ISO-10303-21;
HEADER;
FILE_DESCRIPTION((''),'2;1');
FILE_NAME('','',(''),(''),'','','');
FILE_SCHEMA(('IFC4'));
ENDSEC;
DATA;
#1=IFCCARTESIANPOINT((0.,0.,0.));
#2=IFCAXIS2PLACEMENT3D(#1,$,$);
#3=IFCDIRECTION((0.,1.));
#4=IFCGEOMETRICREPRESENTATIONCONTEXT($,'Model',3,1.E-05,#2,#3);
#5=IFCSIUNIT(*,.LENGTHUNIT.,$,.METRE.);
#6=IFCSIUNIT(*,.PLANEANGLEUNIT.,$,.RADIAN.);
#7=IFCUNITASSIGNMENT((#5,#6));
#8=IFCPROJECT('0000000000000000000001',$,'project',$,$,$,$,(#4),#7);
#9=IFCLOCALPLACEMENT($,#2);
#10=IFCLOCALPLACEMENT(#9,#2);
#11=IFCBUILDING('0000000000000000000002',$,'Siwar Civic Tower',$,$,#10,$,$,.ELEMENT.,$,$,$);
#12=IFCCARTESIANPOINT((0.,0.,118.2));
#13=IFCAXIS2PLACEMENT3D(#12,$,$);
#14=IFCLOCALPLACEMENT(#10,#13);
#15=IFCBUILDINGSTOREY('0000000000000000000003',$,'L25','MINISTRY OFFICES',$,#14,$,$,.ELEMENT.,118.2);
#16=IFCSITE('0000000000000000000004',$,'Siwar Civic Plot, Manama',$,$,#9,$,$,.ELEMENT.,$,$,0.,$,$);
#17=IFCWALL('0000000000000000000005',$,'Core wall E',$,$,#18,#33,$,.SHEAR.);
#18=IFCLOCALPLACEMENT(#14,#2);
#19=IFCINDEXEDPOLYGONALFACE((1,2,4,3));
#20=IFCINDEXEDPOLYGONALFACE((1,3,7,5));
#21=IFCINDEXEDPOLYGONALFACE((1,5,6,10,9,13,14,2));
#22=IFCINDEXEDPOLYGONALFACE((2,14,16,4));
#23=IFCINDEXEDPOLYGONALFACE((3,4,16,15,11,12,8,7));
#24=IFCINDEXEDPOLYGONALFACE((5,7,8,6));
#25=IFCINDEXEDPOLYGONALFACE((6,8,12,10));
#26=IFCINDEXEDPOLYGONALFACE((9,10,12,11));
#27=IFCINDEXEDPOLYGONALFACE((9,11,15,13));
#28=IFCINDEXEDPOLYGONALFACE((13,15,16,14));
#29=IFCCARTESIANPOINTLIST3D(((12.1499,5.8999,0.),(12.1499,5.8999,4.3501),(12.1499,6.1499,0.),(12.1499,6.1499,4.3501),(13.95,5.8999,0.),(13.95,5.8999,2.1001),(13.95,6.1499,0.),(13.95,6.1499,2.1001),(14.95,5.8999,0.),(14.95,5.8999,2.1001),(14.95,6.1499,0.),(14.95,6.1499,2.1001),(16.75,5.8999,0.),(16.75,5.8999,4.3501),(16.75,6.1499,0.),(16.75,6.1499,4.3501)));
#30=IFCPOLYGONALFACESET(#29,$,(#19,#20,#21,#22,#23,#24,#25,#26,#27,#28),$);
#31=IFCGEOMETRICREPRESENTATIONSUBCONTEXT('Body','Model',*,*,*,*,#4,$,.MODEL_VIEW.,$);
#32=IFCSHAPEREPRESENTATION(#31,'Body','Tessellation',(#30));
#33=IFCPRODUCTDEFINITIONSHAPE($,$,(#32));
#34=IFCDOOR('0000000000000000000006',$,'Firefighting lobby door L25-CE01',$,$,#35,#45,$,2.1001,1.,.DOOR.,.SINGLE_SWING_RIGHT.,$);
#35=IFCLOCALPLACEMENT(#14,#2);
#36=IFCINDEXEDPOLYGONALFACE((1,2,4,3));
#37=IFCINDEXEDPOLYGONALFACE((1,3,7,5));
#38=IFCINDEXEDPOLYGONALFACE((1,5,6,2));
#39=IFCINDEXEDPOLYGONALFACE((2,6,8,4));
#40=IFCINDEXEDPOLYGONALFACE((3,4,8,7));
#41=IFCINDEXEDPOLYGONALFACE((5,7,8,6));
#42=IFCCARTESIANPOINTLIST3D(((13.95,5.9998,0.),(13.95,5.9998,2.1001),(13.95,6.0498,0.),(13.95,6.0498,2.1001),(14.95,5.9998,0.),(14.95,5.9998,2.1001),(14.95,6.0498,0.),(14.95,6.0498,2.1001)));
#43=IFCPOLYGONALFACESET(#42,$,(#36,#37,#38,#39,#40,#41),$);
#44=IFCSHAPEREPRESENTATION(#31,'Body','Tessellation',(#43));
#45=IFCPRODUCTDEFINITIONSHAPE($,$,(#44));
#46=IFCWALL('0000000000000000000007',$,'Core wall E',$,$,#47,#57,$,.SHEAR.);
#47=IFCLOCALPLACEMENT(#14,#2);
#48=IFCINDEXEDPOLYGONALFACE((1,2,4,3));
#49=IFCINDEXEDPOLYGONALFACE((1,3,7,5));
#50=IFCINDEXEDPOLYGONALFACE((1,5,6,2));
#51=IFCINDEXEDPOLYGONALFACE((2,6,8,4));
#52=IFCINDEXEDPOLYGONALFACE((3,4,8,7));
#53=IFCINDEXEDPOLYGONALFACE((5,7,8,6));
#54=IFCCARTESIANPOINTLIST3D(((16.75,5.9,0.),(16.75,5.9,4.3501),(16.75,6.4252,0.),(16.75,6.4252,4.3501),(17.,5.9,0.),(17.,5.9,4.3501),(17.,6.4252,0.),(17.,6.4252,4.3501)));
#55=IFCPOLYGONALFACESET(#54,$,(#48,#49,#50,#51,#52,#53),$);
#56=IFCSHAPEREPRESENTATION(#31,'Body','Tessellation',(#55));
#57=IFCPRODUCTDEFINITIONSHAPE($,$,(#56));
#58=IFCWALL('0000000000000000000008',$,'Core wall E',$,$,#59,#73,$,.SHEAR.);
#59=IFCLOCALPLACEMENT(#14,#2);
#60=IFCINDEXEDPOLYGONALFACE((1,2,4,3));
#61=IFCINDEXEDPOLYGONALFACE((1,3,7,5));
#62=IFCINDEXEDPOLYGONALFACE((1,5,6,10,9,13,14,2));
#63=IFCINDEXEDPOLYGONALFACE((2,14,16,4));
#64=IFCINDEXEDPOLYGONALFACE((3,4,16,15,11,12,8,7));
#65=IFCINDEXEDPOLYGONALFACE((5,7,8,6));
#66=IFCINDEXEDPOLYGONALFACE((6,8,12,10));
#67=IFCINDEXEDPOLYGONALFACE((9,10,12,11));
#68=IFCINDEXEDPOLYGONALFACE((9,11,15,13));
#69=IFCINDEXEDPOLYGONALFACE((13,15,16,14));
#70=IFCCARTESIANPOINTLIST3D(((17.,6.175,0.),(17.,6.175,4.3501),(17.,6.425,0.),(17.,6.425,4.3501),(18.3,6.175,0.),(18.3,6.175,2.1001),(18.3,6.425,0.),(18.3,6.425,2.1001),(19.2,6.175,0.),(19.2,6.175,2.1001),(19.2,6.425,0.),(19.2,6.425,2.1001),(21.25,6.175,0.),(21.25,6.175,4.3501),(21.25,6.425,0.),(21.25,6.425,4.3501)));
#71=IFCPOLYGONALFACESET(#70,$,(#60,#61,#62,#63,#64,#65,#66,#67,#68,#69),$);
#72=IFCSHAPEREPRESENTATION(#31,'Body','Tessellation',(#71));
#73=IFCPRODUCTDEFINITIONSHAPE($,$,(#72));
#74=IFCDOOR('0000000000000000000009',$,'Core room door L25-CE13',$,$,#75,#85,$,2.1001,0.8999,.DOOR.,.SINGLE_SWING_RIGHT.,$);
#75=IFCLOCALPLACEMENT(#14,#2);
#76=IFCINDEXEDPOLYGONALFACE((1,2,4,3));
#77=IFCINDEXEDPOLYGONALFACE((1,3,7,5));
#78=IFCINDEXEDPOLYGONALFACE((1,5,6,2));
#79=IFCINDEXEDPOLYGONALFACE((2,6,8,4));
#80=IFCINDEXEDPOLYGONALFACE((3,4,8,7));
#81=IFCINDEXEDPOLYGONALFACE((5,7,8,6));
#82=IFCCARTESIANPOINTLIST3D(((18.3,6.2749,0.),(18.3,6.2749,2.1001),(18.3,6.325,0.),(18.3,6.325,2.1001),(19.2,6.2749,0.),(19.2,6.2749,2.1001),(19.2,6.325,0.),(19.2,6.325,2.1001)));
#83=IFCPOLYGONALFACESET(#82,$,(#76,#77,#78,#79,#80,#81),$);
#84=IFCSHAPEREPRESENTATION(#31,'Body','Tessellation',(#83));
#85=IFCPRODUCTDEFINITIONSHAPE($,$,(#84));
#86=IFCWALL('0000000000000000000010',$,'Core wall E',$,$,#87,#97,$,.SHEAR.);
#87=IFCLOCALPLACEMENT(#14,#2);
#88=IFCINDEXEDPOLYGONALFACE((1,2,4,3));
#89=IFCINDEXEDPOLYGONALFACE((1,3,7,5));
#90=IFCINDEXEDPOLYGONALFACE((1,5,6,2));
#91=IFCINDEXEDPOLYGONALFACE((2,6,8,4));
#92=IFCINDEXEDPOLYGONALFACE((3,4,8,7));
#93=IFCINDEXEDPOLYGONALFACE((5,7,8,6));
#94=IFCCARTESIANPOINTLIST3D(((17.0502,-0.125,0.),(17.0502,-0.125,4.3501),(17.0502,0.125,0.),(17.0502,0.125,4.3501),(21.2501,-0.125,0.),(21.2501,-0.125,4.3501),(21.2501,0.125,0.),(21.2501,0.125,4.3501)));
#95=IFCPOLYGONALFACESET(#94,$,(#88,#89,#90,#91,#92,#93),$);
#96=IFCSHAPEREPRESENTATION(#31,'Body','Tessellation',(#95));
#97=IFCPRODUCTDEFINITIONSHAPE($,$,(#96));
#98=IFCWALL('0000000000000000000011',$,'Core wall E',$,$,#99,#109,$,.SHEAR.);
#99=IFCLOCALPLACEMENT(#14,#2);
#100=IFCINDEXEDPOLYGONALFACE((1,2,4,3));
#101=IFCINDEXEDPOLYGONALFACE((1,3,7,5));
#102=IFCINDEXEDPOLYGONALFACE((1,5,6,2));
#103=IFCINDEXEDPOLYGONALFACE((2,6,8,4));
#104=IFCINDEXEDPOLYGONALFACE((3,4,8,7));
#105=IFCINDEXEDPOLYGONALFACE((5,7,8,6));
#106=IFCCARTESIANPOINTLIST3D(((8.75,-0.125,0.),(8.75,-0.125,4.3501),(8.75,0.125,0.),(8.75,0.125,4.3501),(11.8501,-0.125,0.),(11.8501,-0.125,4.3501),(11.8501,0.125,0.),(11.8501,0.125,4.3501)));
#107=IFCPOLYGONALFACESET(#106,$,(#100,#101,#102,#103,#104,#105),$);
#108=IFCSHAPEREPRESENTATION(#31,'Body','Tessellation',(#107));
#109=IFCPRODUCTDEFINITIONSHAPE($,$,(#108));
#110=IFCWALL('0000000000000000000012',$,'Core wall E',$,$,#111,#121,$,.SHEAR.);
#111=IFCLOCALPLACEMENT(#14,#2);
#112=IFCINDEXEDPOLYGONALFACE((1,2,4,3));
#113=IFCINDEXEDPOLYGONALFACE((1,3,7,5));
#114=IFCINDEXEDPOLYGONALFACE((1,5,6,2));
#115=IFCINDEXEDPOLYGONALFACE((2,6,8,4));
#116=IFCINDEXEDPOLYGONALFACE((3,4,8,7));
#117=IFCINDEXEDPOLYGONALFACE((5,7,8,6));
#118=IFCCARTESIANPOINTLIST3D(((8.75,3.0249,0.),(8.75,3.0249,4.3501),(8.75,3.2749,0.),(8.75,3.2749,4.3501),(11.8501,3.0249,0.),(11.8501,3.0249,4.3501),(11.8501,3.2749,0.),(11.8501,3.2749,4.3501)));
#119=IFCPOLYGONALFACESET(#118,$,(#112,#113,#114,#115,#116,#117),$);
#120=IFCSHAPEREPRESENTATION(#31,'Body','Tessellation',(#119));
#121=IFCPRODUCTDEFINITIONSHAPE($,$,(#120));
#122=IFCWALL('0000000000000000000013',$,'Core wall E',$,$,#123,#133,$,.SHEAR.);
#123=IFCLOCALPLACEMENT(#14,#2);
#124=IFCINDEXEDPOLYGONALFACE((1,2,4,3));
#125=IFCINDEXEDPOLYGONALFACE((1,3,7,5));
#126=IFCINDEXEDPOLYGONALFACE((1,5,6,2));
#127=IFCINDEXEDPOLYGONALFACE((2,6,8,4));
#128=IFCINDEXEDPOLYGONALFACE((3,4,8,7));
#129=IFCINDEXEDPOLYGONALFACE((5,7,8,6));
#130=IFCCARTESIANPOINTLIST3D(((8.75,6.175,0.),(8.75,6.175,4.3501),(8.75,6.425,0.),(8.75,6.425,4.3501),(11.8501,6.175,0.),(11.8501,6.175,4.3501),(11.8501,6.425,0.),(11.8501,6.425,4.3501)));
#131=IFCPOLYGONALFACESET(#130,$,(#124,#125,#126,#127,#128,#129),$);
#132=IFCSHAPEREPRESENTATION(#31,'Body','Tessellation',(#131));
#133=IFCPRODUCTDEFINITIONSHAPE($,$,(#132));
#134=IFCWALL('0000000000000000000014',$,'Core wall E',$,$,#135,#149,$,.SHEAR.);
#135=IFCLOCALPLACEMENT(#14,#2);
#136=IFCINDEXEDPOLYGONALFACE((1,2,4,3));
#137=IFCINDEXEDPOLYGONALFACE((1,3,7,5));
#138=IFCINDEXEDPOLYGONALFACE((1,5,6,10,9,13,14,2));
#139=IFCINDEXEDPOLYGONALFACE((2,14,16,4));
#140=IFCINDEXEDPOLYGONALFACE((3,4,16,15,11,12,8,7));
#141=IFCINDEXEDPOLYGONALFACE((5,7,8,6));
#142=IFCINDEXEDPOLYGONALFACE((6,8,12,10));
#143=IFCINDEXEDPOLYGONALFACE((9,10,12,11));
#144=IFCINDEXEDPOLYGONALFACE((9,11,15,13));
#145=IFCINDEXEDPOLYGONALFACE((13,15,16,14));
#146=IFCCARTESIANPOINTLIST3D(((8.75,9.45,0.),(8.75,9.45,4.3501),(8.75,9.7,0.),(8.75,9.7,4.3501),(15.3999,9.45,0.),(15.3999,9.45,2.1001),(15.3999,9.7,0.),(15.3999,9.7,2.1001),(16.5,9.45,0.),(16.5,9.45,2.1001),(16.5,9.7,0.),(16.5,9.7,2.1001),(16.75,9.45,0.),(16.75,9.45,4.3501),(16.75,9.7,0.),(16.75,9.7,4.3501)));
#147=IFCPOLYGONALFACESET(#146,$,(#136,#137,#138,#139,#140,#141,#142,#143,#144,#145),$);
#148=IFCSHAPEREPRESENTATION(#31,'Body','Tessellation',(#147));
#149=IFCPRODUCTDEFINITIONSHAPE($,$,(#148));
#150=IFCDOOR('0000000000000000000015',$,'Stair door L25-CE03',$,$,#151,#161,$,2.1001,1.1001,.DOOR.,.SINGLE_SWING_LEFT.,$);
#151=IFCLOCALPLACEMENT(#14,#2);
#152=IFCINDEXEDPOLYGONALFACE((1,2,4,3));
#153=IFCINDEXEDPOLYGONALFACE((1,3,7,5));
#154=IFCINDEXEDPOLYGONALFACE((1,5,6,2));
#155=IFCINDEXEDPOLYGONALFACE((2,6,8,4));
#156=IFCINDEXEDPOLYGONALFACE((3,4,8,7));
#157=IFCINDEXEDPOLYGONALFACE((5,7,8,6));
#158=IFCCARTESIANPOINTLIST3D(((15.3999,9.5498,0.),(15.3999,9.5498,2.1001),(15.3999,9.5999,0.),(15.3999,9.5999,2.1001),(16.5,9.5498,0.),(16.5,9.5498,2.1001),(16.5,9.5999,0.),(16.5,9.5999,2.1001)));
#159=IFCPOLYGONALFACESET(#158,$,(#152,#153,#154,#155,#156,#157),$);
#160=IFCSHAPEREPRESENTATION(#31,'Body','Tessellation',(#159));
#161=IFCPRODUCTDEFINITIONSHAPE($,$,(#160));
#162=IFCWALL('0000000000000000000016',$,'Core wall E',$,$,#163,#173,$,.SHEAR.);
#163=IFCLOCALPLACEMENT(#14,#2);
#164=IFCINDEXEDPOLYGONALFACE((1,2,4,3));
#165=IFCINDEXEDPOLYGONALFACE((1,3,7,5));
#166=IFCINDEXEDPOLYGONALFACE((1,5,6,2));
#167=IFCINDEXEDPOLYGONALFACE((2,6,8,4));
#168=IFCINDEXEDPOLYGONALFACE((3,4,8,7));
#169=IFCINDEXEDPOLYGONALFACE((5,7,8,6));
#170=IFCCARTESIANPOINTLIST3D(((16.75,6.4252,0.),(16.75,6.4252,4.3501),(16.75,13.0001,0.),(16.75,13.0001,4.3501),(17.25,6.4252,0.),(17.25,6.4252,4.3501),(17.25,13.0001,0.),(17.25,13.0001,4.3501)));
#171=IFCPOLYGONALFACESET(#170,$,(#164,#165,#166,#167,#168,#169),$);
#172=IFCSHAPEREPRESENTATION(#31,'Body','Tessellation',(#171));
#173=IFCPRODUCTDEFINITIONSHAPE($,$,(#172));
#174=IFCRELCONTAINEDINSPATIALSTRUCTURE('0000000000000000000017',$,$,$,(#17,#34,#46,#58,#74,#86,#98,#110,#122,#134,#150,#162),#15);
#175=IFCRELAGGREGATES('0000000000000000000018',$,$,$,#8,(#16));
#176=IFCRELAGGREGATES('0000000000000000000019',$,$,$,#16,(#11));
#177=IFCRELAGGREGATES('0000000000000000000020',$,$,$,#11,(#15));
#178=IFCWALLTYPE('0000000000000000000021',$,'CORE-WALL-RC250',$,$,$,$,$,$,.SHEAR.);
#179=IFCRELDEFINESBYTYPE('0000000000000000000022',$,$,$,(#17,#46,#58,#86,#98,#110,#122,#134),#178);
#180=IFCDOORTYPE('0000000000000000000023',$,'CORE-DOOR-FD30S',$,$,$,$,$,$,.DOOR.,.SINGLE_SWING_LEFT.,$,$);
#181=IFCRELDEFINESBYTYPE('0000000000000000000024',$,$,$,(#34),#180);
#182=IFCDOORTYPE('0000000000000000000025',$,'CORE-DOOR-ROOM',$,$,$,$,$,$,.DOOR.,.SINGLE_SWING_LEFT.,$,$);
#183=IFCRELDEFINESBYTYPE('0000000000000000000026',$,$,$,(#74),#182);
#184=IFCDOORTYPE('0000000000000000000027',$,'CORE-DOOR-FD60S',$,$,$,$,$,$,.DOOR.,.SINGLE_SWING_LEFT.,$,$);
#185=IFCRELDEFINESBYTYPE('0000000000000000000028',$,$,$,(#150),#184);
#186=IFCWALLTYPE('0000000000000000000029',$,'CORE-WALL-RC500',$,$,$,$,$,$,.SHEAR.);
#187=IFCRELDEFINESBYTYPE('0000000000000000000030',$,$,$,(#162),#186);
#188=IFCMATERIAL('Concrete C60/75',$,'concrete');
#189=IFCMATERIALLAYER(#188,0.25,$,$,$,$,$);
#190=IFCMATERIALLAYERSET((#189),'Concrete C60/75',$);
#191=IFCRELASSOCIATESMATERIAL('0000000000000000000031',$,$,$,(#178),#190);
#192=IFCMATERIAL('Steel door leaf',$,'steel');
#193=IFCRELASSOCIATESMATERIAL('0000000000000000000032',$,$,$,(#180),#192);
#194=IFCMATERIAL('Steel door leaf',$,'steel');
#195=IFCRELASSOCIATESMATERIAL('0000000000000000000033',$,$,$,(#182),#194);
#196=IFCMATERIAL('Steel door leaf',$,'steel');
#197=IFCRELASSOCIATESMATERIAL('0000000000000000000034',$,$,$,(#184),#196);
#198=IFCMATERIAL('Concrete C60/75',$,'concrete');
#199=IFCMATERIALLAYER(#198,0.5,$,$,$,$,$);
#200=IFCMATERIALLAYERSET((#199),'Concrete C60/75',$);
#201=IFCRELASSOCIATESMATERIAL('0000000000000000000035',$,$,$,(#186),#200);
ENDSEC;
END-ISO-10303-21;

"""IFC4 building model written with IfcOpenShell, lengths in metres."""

from ifc_helpers import new_model, si_unit, direction, frame, frame_2d, origin, place, context, subcontext, project, spatial, rectangle, extrude, material, layer, layer_set, type_object, element, fill, save


model = new_model("IFC4")

# Units and contexts
model_context = context("Model", 3, precision=1e-05, world=origin(), true_north=direction((0.0, 1.0)))
body_context = subcontext(model_context, "Body", "Model", "MODEL_VIEW")
ifc_project = project(units=[si_unit("LENGTHUNIT", "METRE"), si_unit("PLANEANGLEUNIT", "RADIAN")], contexts=[model_context])

# Site, building, storey
site_placement = place(None, origin())
site = spatial("IfcSite", under=ifc_project, at=site_placement, Name="Siwar Civic Plot, Manama", CompositionType="ELEMENT", RefElevation=0.0)
building_placement = place(site_placement, origin())
building = spatial("IfcBuilding", under=site, at=building_placement, Name="Siwar Civic Tower", CompositionType="ELEMENT")
storey_placement = place(building_placement, frame((0.0, 0.0, 118.2)))
storey = spatial("IfcBuildingStorey", under=building, at=storey_placement, Name="L25", Description="MINISTRY OFFICES", CompositionType="ELEMENT", Elevation=118.2)

# Wall, opening, door
ifc_material_1 = material(Name="Concrete C60/75", Category="concrete")
ifc_layer_1 = layer(ifc_material_1, 0.25)
ifc_layer_set_1 = layer_set([ifc_layer_1], Name="Concrete C60/75")
wall_type_1 = type_object("IfcWallType", Name="CORE-WALL-RC250", PredefinedType="SHEAR", material=ifc_layer_set_1)
wall_1_placement = place(storey_placement, frame((12.1499, 6.0249, 0.0), z_axis=(0.0, 0.0, 1.0), x_axis=(1.0, 0.0, 0.0)))
wall_1 = element("IfcWall", 1, at=wall_1_placement, inside=storey, type_object=wall_type_1, Name="Core wall E", PredefinedType="SHEAR", context=body_context, shape_type="SweptSolid", body=[
    extrude(rectangle(XDim=4.6001, YDim=0.25, at=frame_2d((2.3, 0.0))), origin(), (0.0, 0.0, 1.0), 4.3501),
])
opening_1_placement = place(wall_1_placement, frame((1.8, 0.0, 0.0)))
opening_1 = element("IfcOpeningElement", 2, at=opening_1_placement, cuts=wall_1, PredefinedType="OPENING", context=body_context, shape_type="SweptSolid", body=[
    extrude(rectangle(XDim=1.0, YDim=2.1001, at=frame_2d((0.5, 1.05))), frame((0.0, 0.135, 0.0), z_axis=(0.0, -1.0, 0.0), x_axis=(1.0, 0.0, 0.0)), (0.0, 0.0, 1.0), 0.27),
])
ifc_material_2 = material(Name="Steel door leaf", Category="steel")
door_type_1 = type_object("IfcDoorType", Name="CORE-DOOR-FD30S", OperationType="SINGLE_SWING_LEFT", PredefinedType="DOOR", material=ifc_material_2)
door_1_placement = place(opening_1_placement, origin())
door_1 = element("IfcDoor", 3, at=door_1_placement, inside=storey, type_object=door_type_1, Name="Firefighting lobby door L25-CE01", OperationType="SINGLE_SWING_RIGHT", OverallHeight=2.1001, OverallWidth=1.0, PredefinedType="DOOR", context=body_context, shape_type="SweptSolid", body=[
    extrude(rectangle(XDim=1.0, YDim=2.1001, at=frame_2d((0.5, 1.05))), frame((0.0, 0.0249, 0.0), z_axis=(0.0, -1.0, 0.0), x_axis=(1.0, 0.0, 0.0)), (0.0, 0.0, 1.0), 0.05),
])
fill(opening_1, door_1)

# Wall
wall_2_placement = place(storey_placement, frame((16.875, 5.8999, 0.0), z_axis=(0.0, 0.0, 1.0), x_axis=(0.0, 1.0, 0.0)))
element("IfcWall", 4, at=wall_2_placement, inside=storey, type_object=wall_type_1, Name="Core wall E", PredefinedType="SHEAR", context=body_context, shape_type="SweptSolid", body=[
    extrude(rectangle(XDim=0.5251, YDim=0.25, at=frame_2d((0.2627, 0.0))), origin(), (0.0, 0.0, 1.0), 4.3501),
])

# Wall, opening, door
wall_3_placement = place(storey_placement, frame((17.0, 6.3, 0.0), z_axis=(0.0, 0.0, 1.0), x_axis=(1.0, 0.0, 0.0)))
wall_3 = element("IfcWall", 5, at=wall_3_placement, inside=storey, type_object=wall_type_1, Name="Core wall E", PredefinedType="SHEAR", context=body_context, shape_type="SweptSolid", body=[
    extrude(rectangle(XDim=4.25, YDim=0.25, at=frame_2d((2.125, 0.0))), origin(), (0.0, 0.0, 1.0), 4.3501),
])
opening_2_placement = place(wall_3_placement, frame((1.3, 0.0, 0.0)))
opening_2 = element("IfcOpeningElement", 6, at=opening_2_placement, cuts=wall_3, PredefinedType="OPENING", context=body_context, shape_type="SweptSolid", body=[
    extrude(rectangle(XDim=0.8999, YDim=2.1001, at=frame_2d((0.45, 1.05))), frame((0.0, 0.135, 0.0), z_axis=(0.0, -1.0, 0.0), x_axis=(1.0, 0.0, 0.0)), (0.0, 0.0, 1.0), 0.27),
])
ifc_material_3 = material(Name="Steel door leaf", Category="steel")
door_type_2 = type_object("IfcDoorType", Name="CORE-DOOR-ROOM", OperationType="SINGLE_SWING_LEFT", PredefinedType="DOOR", material=ifc_material_3)
door_2_placement = place(opening_2_placement, origin())
door_2 = element("IfcDoor", 7, at=door_2_placement, inside=storey, type_object=door_type_2, Name="Core room door L25-CE13", OperationType="SINGLE_SWING_RIGHT", OverallHeight=2.1001, OverallWidth=0.8999, PredefinedType="DOOR", context=body_context, shape_type="SweptSolid", body=[
    extrude(rectangle(XDim=0.8999, YDim=2.1001, at=frame_2d((0.45, 1.05))), frame((0.0, 0.0249, 0.0), z_axis=(0.0, -1.0, 0.0), x_axis=(1.0, 0.0, 0.0)), (0.0, 0.0, 1.0), 0.05),
])
fill(opening_2, door_2)

# Walls
wall_4_placement = place(storey_placement, frame((17.05, 0.0, 0.0), z_axis=(0.0, 0.0, 1.0), x_axis=(1.0, 0.0, 0.0)))
element("IfcWall", 8, at=wall_4_placement, inside=storey, type_object=wall_type_1, Name="Core wall E", PredefinedType="SHEAR", context=body_context, shape_type="SweptSolid", body=[
    extrude(rectangle(XDim=4.2, YDim=0.25, at=frame_2d((2.1001, 0.0))), origin(), (0.0, 0.0, 1.0), 4.3501),
])
for number, where, z_axis, x_axis, name in (
    (9, (8.75, 0.0, 0.0), (0.0, 0.0, 1.0), (1.0, 0.0, 0.0), "Core wall E"),
    (10, (8.75, 3.1499, 0.0), (0.0, 0.0, 1.0), (1.0, 0.0, 0.0), "Core wall E"),
    (11, (8.75, 6.3, 0.0), (0.0, 0.0, 1.0), (1.0, 0.0, 0.0), "Core wall E"),
):
    element("IfcWall", number, at=place(storey_placement, frame(where, z_axis=z_axis, x_axis=x_axis)), inside=storey, type_object=wall_type_1, Name=name, PredefinedType="SHEAR", context=body_context, shape_type="SweptSolid", body=[
        extrude(rectangle(XDim=3.1001, YDim=0.25, at=frame_2d((1.55, 0.0))), origin(), (0.0, 0.0, 1.0), 4.3501),
    ])

# Wall, opening, door
wall_5_placement = place(storey_placement, frame((8.75, 9.575, 0.0), z_axis=(0.0, 0.0, 1.0), x_axis=(1.0, 0.0, 0.0)))
wall_5 = element("IfcWall", 12, at=wall_5_placement, inside=storey, type_object=wall_type_1, Name="Core wall E", PredefinedType="SHEAR", context=body_context, shape_type="SweptSolid", body=[
    extrude(rectangle(XDim=8.0, YDim=0.25, at=frame_2d((4.0, 0.0))), origin(), (0.0, 0.0, 1.0), 4.3501),
])
opening_3_placement = place(wall_5_placement, frame((6.6499, 0.0, 0.0)))
opening_3 = element("IfcOpeningElement", 13, at=opening_3_placement, cuts=wall_5, PredefinedType="OPENING", context=body_context, shape_type="SweptSolid", body=[
    extrude(rectangle(XDim=1.1001, YDim=2.1001, at=frame_2d((0.55, 1.05))), frame((0.0, 0.135, 0.0), z_axis=(0.0, -1.0, 0.0), x_axis=(1.0, 0.0, 0.0)), (0.0, 0.0, 1.0), 0.27),
])
ifc_material_4 = material(Name="Steel door leaf", Category="steel")
door_type_3 = type_object("IfcDoorType", Name="CORE-DOOR-FD60S", OperationType="SINGLE_SWING_LEFT", PredefinedType="DOOR", material=ifc_material_4)
door_3_placement = place(opening_3_placement, origin())
door_3 = element("IfcDoor", 14, at=door_3_placement, inside=storey, type_object=door_type_3, Name="Stair door L25-CE03", OperationType="SINGLE_SWING_LEFT", OverallHeight=2.1001, OverallWidth=1.1001, PredefinedType="DOOR", context=body_context, shape_type="SweptSolid", body=[
    extrude(rectangle(XDim=1.1001, YDim=2.1001, at=frame_2d((0.55, 1.05))), frame((0.0, 0.0249, 0.0), z_axis=(0.0, -1.0, 0.0), x_axis=(1.0, 0.0, 0.0)), (0.0, 0.0, 1.0), 0.05),
])
fill(opening_3, door_3)

# Wall
ifc_material_5 = material(Name="Concrete C60/75", Category="concrete")
ifc_layer_2 = layer(ifc_material_5, 0.5)
ifc_layer_set_2 = layer_set([ifc_layer_2], Name="Concrete C60/75")
wall_type_2 = type_object("IfcWallType", Name="CORE-WALL-RC500", PredefinedType="SHEAR", material=ifc_layer_set_2)
wall_6_placement = place(storey_placement, frame((17.0, 6.425, 0.0), z_axis=(0.0, 0.0, 1.0), x_axis=(0.0, 1.0, 0.0)))
element("IfcWall", 15, at=wall_6_placement, inside=storey, type_object=wall_type_2, Name="Core wall E", PredefinedType="SHEAR", context=body_context, shape_type="SweptSolid", body=[
    extrude(rectangle(XDim=6.575, YDim=0.5, at=frame_2d((3.2876, 0.0))), origin(), (0.0, 0.0, 1.0), 4.3501),
])

save(model, "model.ifc")
